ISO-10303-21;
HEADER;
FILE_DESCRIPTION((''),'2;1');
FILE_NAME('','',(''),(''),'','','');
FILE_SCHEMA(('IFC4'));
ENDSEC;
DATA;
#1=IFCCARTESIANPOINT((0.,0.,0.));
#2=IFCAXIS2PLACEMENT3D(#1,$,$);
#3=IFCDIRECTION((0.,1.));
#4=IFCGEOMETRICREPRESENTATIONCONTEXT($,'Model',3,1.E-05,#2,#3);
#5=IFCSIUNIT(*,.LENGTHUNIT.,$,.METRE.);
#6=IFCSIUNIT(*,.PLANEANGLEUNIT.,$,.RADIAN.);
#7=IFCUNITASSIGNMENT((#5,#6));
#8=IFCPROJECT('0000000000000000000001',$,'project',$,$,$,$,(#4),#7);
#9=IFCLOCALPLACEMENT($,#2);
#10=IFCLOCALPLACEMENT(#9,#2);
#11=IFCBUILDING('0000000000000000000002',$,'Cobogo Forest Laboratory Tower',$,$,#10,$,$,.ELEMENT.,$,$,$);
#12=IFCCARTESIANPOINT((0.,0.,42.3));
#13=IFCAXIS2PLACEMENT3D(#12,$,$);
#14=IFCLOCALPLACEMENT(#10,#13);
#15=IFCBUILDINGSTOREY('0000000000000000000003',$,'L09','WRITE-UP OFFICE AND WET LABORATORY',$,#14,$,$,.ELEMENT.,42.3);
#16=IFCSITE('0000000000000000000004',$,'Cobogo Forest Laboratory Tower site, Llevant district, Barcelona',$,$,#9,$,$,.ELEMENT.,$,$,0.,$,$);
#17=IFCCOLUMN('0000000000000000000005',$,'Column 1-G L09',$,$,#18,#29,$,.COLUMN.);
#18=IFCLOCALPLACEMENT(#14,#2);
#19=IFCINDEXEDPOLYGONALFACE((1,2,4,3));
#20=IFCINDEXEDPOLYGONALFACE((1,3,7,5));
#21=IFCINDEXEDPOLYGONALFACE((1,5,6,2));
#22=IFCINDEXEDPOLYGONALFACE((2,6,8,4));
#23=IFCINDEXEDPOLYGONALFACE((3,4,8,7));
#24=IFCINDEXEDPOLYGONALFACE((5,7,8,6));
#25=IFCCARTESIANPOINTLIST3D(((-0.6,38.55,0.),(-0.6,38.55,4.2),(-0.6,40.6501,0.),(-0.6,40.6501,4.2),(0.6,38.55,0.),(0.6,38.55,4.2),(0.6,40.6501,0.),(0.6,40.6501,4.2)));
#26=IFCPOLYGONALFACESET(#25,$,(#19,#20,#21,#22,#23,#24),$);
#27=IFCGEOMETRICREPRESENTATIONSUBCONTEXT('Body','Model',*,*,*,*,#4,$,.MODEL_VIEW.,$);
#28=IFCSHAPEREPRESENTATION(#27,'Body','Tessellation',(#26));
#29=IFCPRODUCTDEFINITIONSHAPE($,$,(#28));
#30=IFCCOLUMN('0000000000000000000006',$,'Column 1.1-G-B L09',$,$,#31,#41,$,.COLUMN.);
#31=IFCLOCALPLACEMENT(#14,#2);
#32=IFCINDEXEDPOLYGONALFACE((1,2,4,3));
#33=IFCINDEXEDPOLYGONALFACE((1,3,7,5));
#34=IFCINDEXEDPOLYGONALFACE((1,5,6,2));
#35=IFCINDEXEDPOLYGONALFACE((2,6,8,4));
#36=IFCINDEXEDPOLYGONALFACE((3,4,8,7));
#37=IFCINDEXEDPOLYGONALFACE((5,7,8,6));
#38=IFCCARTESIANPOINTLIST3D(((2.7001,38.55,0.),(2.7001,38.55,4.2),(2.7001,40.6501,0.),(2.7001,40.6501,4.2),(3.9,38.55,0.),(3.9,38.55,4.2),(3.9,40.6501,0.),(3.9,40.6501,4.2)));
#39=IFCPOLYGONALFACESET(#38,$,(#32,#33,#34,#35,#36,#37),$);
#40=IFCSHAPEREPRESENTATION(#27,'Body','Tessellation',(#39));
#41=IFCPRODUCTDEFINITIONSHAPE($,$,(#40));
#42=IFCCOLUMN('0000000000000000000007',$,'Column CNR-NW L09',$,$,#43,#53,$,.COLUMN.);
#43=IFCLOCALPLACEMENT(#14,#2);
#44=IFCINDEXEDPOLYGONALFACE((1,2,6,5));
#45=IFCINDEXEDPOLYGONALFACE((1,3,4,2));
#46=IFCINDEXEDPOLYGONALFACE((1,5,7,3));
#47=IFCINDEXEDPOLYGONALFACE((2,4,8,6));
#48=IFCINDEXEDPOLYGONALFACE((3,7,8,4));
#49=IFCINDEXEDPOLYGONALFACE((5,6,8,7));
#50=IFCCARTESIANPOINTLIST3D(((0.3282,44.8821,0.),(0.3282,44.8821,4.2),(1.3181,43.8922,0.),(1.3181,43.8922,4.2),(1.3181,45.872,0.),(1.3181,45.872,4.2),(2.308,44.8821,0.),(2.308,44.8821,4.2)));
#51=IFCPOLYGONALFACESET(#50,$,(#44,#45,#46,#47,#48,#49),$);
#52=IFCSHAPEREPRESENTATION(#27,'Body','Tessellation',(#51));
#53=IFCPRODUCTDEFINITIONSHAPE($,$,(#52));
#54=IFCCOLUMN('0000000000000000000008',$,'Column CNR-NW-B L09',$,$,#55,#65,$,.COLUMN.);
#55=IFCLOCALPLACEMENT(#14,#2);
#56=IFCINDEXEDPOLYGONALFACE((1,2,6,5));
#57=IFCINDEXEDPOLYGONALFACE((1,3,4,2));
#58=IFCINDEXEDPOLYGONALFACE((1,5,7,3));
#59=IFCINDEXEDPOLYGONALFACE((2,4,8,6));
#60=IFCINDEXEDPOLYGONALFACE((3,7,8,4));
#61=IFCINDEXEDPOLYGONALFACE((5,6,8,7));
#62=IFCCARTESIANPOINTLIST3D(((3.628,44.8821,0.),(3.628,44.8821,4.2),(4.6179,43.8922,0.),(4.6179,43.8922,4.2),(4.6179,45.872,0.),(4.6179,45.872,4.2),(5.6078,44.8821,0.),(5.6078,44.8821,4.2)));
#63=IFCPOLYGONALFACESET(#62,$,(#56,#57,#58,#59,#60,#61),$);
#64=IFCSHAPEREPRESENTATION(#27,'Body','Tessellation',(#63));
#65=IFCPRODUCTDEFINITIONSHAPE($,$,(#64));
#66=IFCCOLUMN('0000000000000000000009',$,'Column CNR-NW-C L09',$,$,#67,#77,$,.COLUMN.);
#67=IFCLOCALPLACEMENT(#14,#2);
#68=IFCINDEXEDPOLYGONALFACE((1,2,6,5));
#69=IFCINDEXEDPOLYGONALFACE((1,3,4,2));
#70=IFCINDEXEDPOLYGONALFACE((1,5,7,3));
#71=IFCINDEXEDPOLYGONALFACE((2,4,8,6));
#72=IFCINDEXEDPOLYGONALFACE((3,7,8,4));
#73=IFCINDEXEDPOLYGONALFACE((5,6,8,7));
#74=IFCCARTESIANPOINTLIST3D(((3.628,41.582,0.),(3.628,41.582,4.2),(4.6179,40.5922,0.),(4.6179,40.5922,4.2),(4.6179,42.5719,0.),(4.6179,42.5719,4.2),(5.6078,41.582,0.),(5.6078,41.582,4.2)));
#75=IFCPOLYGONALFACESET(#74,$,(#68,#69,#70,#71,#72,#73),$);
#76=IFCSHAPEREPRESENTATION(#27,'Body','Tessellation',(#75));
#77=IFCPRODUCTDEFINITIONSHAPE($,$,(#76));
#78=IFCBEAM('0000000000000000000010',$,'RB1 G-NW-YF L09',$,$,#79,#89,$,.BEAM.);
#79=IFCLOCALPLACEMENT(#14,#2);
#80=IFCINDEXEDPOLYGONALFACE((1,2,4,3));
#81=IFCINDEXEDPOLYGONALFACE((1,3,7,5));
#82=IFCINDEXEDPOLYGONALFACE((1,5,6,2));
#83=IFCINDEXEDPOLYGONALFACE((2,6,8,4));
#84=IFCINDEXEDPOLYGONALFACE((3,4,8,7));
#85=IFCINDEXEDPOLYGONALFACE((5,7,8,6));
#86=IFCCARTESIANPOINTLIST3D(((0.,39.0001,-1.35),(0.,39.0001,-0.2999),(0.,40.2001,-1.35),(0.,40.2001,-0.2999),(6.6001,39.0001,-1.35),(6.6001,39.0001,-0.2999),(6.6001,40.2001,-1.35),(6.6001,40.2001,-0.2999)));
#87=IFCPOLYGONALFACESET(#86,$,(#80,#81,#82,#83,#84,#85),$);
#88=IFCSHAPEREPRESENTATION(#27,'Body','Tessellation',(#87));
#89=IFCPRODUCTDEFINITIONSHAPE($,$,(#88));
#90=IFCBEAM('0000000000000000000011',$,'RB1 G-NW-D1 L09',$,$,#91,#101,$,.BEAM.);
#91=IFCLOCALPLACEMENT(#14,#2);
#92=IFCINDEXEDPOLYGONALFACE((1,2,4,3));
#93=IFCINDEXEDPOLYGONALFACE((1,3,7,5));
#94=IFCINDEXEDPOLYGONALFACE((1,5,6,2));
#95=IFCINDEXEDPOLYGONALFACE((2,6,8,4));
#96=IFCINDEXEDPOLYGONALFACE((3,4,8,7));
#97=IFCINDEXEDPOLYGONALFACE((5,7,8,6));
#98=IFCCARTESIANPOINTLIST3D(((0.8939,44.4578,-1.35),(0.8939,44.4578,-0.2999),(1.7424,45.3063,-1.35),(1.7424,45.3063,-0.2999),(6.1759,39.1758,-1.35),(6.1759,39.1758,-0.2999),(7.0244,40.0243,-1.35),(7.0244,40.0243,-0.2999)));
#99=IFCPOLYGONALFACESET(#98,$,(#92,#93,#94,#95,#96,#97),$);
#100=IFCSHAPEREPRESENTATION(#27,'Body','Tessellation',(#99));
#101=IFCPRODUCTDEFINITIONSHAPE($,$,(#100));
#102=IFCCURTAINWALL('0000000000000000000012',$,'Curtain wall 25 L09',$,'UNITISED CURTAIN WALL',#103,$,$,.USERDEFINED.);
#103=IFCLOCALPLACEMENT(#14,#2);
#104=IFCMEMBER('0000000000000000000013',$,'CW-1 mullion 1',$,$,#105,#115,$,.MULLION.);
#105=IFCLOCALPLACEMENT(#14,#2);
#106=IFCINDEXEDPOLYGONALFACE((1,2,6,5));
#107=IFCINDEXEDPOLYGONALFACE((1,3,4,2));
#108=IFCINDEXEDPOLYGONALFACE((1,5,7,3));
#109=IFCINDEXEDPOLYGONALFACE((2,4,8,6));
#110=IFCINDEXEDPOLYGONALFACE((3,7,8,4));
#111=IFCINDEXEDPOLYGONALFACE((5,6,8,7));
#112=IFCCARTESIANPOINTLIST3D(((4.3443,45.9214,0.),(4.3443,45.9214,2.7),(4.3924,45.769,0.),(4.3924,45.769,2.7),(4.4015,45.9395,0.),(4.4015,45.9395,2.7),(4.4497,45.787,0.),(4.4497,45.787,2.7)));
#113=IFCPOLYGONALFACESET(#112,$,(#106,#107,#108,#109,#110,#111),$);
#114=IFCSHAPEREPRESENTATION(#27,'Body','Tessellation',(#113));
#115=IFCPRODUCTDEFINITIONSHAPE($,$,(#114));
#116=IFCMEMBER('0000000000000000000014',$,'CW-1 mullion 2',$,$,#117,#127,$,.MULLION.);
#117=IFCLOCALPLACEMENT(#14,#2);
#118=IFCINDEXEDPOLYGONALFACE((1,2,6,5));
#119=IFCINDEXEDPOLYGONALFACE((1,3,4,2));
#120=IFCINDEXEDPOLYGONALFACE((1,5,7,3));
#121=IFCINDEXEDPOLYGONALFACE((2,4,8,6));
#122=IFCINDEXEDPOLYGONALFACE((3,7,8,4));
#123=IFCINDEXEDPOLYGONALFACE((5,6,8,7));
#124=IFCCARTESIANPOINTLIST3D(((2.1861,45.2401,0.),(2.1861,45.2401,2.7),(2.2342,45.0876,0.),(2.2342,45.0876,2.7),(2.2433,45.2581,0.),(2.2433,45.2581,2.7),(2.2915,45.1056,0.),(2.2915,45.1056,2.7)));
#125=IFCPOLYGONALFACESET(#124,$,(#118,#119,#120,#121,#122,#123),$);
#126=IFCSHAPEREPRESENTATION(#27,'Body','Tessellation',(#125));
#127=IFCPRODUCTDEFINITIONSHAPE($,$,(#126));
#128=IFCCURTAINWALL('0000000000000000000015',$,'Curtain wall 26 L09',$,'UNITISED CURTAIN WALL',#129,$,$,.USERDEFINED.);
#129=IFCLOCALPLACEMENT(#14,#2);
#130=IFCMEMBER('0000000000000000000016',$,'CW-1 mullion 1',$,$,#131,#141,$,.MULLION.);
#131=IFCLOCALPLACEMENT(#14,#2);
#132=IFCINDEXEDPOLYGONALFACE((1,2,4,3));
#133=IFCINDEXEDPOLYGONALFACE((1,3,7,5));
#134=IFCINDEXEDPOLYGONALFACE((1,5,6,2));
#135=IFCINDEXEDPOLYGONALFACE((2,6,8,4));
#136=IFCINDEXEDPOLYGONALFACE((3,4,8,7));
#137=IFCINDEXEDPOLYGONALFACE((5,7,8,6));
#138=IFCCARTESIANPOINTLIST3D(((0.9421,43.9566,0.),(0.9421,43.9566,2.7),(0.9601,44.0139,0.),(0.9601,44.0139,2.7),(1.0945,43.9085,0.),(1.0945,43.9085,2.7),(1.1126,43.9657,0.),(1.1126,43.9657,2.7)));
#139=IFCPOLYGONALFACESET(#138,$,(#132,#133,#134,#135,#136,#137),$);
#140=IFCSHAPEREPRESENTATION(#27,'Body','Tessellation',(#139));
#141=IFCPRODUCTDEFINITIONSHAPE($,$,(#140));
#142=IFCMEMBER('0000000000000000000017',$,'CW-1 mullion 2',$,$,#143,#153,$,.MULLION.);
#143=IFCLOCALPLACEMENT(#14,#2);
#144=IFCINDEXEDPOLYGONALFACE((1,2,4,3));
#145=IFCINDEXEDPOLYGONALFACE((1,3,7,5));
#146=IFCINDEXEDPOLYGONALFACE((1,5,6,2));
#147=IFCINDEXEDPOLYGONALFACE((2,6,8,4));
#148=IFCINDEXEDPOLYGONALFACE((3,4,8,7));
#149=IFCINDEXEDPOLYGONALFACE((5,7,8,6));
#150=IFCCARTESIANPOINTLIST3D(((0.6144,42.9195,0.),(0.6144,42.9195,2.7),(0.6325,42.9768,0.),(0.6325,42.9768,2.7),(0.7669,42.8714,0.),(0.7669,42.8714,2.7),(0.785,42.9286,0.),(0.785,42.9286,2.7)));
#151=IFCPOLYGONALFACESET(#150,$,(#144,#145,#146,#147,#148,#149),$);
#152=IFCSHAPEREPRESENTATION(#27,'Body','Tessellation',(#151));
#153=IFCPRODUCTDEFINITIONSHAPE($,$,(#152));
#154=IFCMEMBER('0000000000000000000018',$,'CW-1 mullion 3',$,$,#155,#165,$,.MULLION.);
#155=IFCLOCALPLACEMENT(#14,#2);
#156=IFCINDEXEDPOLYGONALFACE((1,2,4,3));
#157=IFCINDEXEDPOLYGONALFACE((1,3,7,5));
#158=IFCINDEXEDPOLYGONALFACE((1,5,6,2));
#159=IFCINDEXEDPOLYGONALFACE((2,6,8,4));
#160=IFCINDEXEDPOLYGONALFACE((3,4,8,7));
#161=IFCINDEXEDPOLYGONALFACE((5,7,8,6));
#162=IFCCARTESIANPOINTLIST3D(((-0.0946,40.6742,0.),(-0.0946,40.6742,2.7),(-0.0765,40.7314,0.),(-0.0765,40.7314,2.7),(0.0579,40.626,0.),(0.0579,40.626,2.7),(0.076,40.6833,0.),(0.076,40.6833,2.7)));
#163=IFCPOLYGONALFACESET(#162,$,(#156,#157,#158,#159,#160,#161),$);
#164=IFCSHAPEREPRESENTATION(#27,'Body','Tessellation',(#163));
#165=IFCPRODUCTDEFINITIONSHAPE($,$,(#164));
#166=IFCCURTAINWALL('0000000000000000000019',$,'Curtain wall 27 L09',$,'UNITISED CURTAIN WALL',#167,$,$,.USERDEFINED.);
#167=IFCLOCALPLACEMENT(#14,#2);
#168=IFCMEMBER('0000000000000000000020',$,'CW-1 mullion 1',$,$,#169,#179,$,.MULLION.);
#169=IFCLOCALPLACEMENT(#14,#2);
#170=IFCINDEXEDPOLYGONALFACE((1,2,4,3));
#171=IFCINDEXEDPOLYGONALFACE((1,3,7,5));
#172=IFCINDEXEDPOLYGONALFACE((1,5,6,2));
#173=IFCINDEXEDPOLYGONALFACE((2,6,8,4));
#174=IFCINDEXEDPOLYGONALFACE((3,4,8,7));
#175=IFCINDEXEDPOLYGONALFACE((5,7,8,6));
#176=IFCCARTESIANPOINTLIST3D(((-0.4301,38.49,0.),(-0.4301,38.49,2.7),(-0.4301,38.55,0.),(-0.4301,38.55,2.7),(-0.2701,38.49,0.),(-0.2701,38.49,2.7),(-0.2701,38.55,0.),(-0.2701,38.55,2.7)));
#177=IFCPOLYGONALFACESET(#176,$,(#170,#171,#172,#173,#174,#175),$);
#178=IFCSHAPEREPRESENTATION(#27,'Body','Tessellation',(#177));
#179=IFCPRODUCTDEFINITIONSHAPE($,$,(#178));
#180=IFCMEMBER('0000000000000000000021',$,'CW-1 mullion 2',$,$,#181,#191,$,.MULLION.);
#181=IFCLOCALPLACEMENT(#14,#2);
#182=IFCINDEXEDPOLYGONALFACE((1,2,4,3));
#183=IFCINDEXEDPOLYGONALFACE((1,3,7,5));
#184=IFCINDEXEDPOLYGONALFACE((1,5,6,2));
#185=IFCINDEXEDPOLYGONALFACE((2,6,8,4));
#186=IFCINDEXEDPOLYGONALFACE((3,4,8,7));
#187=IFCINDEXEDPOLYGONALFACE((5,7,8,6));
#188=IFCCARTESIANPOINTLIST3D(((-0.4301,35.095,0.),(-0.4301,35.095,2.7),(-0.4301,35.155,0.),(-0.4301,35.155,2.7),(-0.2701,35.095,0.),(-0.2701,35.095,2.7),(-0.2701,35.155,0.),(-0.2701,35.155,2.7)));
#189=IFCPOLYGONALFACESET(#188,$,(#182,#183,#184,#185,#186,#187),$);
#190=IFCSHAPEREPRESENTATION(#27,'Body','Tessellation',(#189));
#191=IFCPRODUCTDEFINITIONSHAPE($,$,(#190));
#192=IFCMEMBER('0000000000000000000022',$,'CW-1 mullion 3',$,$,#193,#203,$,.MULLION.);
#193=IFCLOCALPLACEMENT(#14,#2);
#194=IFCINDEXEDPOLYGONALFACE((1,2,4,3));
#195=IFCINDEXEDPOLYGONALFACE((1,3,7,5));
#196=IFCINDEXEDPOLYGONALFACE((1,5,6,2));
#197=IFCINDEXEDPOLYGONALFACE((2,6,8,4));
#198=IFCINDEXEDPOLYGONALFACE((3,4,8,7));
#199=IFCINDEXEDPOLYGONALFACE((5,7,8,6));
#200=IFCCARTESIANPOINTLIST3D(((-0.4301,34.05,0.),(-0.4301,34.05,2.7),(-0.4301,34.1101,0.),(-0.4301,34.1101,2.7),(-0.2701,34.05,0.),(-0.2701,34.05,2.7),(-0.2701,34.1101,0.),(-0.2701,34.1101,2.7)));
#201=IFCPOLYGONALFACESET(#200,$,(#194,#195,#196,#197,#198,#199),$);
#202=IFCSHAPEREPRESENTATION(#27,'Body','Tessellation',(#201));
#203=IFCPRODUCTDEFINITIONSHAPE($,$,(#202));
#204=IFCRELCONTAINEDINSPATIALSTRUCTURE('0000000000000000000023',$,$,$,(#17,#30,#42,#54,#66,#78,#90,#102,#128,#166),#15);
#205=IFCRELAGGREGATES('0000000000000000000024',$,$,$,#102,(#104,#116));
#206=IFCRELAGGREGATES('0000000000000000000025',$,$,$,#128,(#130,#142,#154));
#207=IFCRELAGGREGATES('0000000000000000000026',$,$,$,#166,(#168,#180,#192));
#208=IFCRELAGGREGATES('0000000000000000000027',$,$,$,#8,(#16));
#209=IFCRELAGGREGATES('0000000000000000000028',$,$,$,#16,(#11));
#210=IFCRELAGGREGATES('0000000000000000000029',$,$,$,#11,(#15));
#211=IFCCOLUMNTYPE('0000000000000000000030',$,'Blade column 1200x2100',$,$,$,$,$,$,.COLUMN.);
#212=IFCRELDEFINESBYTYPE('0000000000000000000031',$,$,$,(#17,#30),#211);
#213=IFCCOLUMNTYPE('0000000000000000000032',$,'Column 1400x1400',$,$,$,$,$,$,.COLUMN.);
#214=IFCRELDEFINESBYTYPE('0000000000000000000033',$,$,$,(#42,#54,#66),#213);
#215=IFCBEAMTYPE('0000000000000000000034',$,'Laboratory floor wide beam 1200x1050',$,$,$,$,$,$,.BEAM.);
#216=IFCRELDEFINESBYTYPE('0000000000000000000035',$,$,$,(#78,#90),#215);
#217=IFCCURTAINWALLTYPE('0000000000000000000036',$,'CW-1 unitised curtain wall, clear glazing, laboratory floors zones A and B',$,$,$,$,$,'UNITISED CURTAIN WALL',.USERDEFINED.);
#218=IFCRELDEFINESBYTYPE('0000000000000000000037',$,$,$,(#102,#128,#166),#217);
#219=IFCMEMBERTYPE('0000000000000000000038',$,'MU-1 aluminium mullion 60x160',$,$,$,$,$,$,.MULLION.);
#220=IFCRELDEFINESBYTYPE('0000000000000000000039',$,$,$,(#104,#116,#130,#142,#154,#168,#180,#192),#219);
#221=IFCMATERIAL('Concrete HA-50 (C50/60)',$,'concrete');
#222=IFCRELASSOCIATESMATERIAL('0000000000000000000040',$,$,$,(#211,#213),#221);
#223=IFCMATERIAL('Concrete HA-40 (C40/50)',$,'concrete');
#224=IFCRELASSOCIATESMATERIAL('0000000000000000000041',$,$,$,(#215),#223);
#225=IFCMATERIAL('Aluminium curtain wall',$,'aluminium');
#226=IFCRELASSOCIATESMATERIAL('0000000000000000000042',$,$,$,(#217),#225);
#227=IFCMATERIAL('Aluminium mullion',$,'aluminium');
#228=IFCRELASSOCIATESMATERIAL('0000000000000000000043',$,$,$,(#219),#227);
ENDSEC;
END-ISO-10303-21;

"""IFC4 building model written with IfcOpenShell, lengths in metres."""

from ifc_helpers import new_model, si_unit, direction, frame, origin, origin_2d, place, context, subcontext, project, spatial, rectangle, extrude, material, material_profile, profile_set, type_object, element, aggregate, save


model = new_model("IFC4")

# Units and contexts
model_context = context("Model", 3, precision=1e-05, world=origin(), true_north=direction((0.0, 1.0)))
body_context = subcontext(model_context, "Body", "Model", "MODEL_VIEW")
ifc_project = project(units=[si_unit("LENGTHUNIT", "METRE"), si_unit("PLANEANGLEUNIT", "RADIAN")], contexts=[model_context])

# Site, building, storey
site_placement = place(None, origin())
site = spatial("IfcSite", under=ifc_project, at=site_placement, Name="Cobogo Forest Laboratory Tower site, Llevant district, Barcelona", CompositionType="ELEMENT", RefElevation=0.0)
building_placement = place(site_placement, origin())
building = spatial("IfcBuilding", under=site, at=building_placement, Name="Cobogo Forest Laboratory Tower", CompositionType="ELEMENT")
storey_placement = place(building_placement, frame((0.0, 0.0, 42.3)))
storey = spatial("IfcBuildingStorey", under=building, at=storey_placement, Name="L09", Description="WRITE-UP OFFICE AND WET LABORATORY", CompositionType="ELEMENT", Elevation=42.3)

# Columns
ifc_material_1 = material(Name="Concrete HA-50 (C50/60)", Category="concrete")
ifc_material_profile_1 = material_profile(ifc_material_1, rectangle(XDim=2.1001, YDim=1.2, at=origin_2d()), Name="RC 1200x2100")
ifc_profile_set_1 = profile_set([ifc_material_profile_1], Name="Concrete HA-50 (C50/60)")
column_type_1 = type_object("IfcColumnType", Name="Blade column 1200x2100", PredefinedType="COLUMN", material=ifc_profile_set_1)
for number, where, z_axis, x_axis, name in (
    (1, (0.0, 39.6001, 0.0), (0.0, 0.0, 1.0), (0.0, 1.0, 0.0), "Column 1-G L09"),
    (2, (3.3, 39.6001, 0.0), (0.0, 0.0, 1.0), (0.0, 1.0, 0.0), "Column 1.1-G-B L09"),
):
    element("IfcColumn", number, at=place(storey_placement, frame(where, z_axis=z_axis, x_axis=x_axis)), inside=storey, type_object=column_type_1, Name=name, PredefinedType="COLUMN", context=body_context, shape_type="SweptSolid", body=[
        extrude(rectangle(XDim=2.1001, YDim=1.2, at=origin_2d()), origin(), (0.0, 0.0, 1.0), 4.2),
    ])
ifc_material_profile_2 = material_profile(ifc_material_1, rectangle(XDim=1.3999, YDim=1.3999, at=origin_2d()), Name="RC 1400x1400")
ifc_profile_set_2 = profile_set([ifc_material_profile_2], Name="Concrete HA-50 (C50/60)")
column_type_2 = type_object("IfcColumnType", Name="Column 1400x1400", PredefinedType="COLUMN", material=ifc_profile_set_2)
for number, where, z_axis, x_axis, name in (
    (3, (1.3181, 44.8821, 0.0), (0.0, 0.0, 1.0), (0.707107, 0.707107, 0.0), "Column CNR-NW L09"),
    (4, (4.6179, 44.8821, 0.0), (0.0, 0.0, 1.0), (0.707107, 0.707107, 0.0), "Column CNR-NW-B L09"),
    (5, (4.6179, 41.582, 0.0), (0.0, 0.0, 1.0), (0.707107, 0.707107, 0.0), "Column CNR-NW-C L09"),
):
    element("IfcColumn", number, at=place(storey_placement, frame(where, z_axis=z_axis, x_axis=x_axis)), inside=storey, type_object=column_type_2, Name=name, PredefinedType="COLUMN", context=body_context, shape_type="SweptSolid", body=[
        extrude(rectangle(XDim=1.3999, YDim=1.3999, at=origin_2d()), origin(), (0.0, 0.0, 1.0), 4.2),
    ])

# Beams
ifc_material_2 = material(Name="Concrete HA-40 (C40/50)", Category="concrete")
ifc_material_profile_3 = material_profile(ifc_material_2, rectangle(XDim=1.2, YDim=1.05, at=origin_2d()), Name="RC 1200x1050")
ifc_profile_set_3 = profile_set([ifc_material_profile_3], Name="Concrete HA-40 (C40/50)")
beam_type_1 = type_object("IfcBeamType", Name="Laboratory floor wide beam 1200x1050", PredefinedType="BEAM", material=ifc_profile_set_3)
beam_1_placement = place(storey_placement, frame((0.0, 39.6001, -0.825), z_axis=(1.0, 0.0, 0.0), x_axis=(0.0, 1.0, 0.0)))
element("IfcBeam", 6, at=beam_1_placement, inside=storey, type_object=beam_type_1, Name="RB1 G-NW-YF L09", PredefinedType="BEAM", context=body_context, shape_type="SweptSolid", body=[
    extrude(rectangle(XDim=1.2, YDim=1.05, at=origin_2d()), origin(), (0.0, 0.0, 1.0), 6.6001),
])
beam_2_placement = place(storey_placement, frame((1.3181, 44.8821, -0.825), z_axis=(0.707107, -0.707107, 0.0), x_axis=(0.707107, 0.707107, 0.0)))
element("IfcBeam", 7, at=beam_2_placement, inside=storey, type_object=beam_type_1, Name="RB1 G-NW-D1 L09", PredefinedType="BEAM", context=body_context, shape_type="SweptSolid", body=[
    extrude(rectangle(XDim=1.2, YDim=1.05, at=origin_2d()), origin(), (0.0, 0.0, 1.0), 7.47),
])

# Curtain walls, members
ifc_material_3 = material(Name="Aluminium curtain wall", Category="aluminium")
curtain_wall_type = type_object("IfcCurtainWallType", Name="CW-1 unitised curtain wall, clear glazing, laboratory floors zones A and B", ElementType="UNITISED CURTAIN WALL", PredefinedType="USERDEFINED", material=ifc_material_3)
curtain_wall_1_placement = place(storey_placement, origin())
curtain_wall_1 = element("IfcCurtainWall", 8, at=curtain_wall_1_placement, inside=storey, type_object=curtain_wall_type, Name="Curtain wall 25 L09", ObjectType="UNITISED CURTAIN WALL", PredefinedType="USERDEFINED")
ifc_material_4 = material(Name="Aluminium mullion", Category="aluminium")
ifc_material_profile_4 = material_profile(ifc_material_4, rectangle(XDim=0.0601, YDim=0.1599, at=origin_2d()), Name="AL 60x160")
ifc_profile_set_4 = profile_set([ifc_material_profile_4], Name="Aluminium mullion")
member_type_1 = type_object("IfcMemberType", Name="MU-1 aluminium mullion 60x160", PredefinedType="MULLION", material=ifc_profile_set_4)
member_1_placement = place(storey_placement, frame((4.397, 45.8542, 0.0), z_axis=(0.0, 0.0, 1.0), x_axis=(-0.953581, -0.301135, 0.0)))
member_1 = element("IfcMember", 9, at=member_1_placement, type_object=member_type_1, Name="CW-1 mullion 1", PredefinedType="MULLION", context=body_context, shape_type="SweptSolid", body=[
    extrude(rectangle(XDim=0.0601, YDim=0.1599, at=origin_2d()), origin(), (0.0, 0.0, 1.0), 2.7),
])
member_2_placement = place(storey_placement, frame((2.2388, 45.1729, 0.0), z_axis=(0.0, 0.0, 1.0), x_axis=(-0.953581, -0.301135, 0.0)))
member_2 = element("IfcMember", 10, at=member_2_placement, type_object=member_type_1, Name="CW-1 mullion 2", PredefinedType="MULLION", context=body_context, shape_type="SweptSolid", body=[
    extrude(rectangle(XDim=0.0601, YDim=0.1599, at=origin_2d()), origin(), (0.0, 0.0, 1.0), 2.7),
])
curtain_wall_2_placement = place(storey_placement, origin())
curtain_wall_2 = element("IfcCurtainWall", 11, at=curtain_wall_2_placement, inside=storey, type_object=curtain_wall_type, Name="Curtain wall 26 L09", ObjectType="UNITISED CURTAIN WALL", PredefinedType="USERDEFINED")
member_3_placement = place(storey_placement, frame((1.0273, 43.9612, 0.0), z_axis=(0.0, 0.0, 1.0), x_axis=(-0.301135, -0.953581, 0.0)))
member_3 = element("IfcMember", 12, at=member_3_placement, type_object=member_type_1, Name="CW-1 mullion 1", PredefinedType="MULLION", context=body_context, shape_type="SweptSolid", body=[
    extrude(rectangle(XDim=0.0601, YDim=0.1599, at=origin_2d()), origin(), (0.0, 0.0, 1.0), 2.7),
])
member_4_placement = place(storey_placement, frame((0.6997, 42.9241, 0.0), z_axis=(0.0, 0.0, 1.0), x_axis=(-0.301135, -0.953581, 0.0)))
member_4 = element("IfcMember", 13, at=member_4_placement, type_object=member_type_1, Name="CW-1 mullion 2", PredefinedType="MULLION", context=body_context, shape_type="SweptSolid", body=[
    extrude(rectangle(XDim=0.0601, YDim=0.1599, at=origin_2d()), origin(), (0.0, 0.0, 1.0), 2.7),
])
member_5_placement = place(storey_placement, frame((-0.0093, 40.6787, 0.0), z_axis=(0.0, 0.0, 1.0), x_axis=(-0.301135, -0.953581, 0.0)))
member_5 = element("IfcMember", 14, at=member_5_placement, type_object=member_type_1, Name="CW-1 mullion 3", PredefinedType="MULLION", context=body_context, shape_type="SweptSolid", body=[
    extrude(rectangle(XDim=0.0601, YDim=0.1599, at=origin_2d()), origin(), (0.0, 0.0, 1.0), 2.7),
])
curtain_wall_3_placement = place(storey_placement, origin())
curtain_wall_3 = element("IfcCurtainWall", 15, at=curtain_wall_3_placement, inside=storey, type_object=curtain_wall_type, Name="Curtain wall 27 L09", ObjectType="UNITISED CURTAIN WALL", PredefinedType="USERDEFINED")
member_6_placement = place(storey_placement, frame((-0.3501, 38.52, 0.0), z_axis=(0.0, 0.0, 1.0), x_axis=(0.0, -1.0, 0.0)))
member_6 = element("IfcMember", 16, at=member_6_placement, type_object=member_type_1, Name="CW-1 mullion 1", PredefinedType="MULLION", context=body_context, shape_type="SweptSolid", body=[
    extrude(rectangle(XDim=0.0601, YDim=0.1599, at=origin_2d()), origin(), (0.0, 0.0, 1.0), 2.7),
])
member_7_placement = place(storey_placement, frame((-0.3501, 35.125, 0.0), z_axis=(0.0, 0.0, 1.0), x_axis=(0.0, -1.0, 0.0)))
member_7 = element("IfcMember", 17, at=member_7_placement, type_object=member_type_1, Name="CW-1 mullion 2", PredefinedType="MULLION", context=body_context, shape_type="SweptSolid", body=[
    extrude(rectangle(XDim=0.0601, YDim=0.1599, at=origin_2d()), origin(), (0.0, 0.0, 1.0), 2.7),
])
member_8_placement = place(storey_placement, frame((-0.3501, 34.0801, 0.0), z_axis=(0.0, 0.0, 1.0), x_axis=(0.0, -1.0, 0.0)))
member_8 = element("IfcMember", 18, at=member_8_placement, type_object=member_type_1, Name="CW-1 mullion 3", PredefinedType="MULLION", context=body_context, shape_type="SweptSolid", body=[
    extrude(rectangle(XDim=0.0601, YDim=0.1599, at=origin_2d()), origin(), (0.0, 0.0, 1.0), 2.7),
])

aggregate(curtain_wall_1, [member_1, member_2])
aggregate(curtain_wall_2, [member_3, member_4, member_5])
aggregate(curtain_wall_3, [member_6, member_7, member_8])

save(model, "model.ifc")
